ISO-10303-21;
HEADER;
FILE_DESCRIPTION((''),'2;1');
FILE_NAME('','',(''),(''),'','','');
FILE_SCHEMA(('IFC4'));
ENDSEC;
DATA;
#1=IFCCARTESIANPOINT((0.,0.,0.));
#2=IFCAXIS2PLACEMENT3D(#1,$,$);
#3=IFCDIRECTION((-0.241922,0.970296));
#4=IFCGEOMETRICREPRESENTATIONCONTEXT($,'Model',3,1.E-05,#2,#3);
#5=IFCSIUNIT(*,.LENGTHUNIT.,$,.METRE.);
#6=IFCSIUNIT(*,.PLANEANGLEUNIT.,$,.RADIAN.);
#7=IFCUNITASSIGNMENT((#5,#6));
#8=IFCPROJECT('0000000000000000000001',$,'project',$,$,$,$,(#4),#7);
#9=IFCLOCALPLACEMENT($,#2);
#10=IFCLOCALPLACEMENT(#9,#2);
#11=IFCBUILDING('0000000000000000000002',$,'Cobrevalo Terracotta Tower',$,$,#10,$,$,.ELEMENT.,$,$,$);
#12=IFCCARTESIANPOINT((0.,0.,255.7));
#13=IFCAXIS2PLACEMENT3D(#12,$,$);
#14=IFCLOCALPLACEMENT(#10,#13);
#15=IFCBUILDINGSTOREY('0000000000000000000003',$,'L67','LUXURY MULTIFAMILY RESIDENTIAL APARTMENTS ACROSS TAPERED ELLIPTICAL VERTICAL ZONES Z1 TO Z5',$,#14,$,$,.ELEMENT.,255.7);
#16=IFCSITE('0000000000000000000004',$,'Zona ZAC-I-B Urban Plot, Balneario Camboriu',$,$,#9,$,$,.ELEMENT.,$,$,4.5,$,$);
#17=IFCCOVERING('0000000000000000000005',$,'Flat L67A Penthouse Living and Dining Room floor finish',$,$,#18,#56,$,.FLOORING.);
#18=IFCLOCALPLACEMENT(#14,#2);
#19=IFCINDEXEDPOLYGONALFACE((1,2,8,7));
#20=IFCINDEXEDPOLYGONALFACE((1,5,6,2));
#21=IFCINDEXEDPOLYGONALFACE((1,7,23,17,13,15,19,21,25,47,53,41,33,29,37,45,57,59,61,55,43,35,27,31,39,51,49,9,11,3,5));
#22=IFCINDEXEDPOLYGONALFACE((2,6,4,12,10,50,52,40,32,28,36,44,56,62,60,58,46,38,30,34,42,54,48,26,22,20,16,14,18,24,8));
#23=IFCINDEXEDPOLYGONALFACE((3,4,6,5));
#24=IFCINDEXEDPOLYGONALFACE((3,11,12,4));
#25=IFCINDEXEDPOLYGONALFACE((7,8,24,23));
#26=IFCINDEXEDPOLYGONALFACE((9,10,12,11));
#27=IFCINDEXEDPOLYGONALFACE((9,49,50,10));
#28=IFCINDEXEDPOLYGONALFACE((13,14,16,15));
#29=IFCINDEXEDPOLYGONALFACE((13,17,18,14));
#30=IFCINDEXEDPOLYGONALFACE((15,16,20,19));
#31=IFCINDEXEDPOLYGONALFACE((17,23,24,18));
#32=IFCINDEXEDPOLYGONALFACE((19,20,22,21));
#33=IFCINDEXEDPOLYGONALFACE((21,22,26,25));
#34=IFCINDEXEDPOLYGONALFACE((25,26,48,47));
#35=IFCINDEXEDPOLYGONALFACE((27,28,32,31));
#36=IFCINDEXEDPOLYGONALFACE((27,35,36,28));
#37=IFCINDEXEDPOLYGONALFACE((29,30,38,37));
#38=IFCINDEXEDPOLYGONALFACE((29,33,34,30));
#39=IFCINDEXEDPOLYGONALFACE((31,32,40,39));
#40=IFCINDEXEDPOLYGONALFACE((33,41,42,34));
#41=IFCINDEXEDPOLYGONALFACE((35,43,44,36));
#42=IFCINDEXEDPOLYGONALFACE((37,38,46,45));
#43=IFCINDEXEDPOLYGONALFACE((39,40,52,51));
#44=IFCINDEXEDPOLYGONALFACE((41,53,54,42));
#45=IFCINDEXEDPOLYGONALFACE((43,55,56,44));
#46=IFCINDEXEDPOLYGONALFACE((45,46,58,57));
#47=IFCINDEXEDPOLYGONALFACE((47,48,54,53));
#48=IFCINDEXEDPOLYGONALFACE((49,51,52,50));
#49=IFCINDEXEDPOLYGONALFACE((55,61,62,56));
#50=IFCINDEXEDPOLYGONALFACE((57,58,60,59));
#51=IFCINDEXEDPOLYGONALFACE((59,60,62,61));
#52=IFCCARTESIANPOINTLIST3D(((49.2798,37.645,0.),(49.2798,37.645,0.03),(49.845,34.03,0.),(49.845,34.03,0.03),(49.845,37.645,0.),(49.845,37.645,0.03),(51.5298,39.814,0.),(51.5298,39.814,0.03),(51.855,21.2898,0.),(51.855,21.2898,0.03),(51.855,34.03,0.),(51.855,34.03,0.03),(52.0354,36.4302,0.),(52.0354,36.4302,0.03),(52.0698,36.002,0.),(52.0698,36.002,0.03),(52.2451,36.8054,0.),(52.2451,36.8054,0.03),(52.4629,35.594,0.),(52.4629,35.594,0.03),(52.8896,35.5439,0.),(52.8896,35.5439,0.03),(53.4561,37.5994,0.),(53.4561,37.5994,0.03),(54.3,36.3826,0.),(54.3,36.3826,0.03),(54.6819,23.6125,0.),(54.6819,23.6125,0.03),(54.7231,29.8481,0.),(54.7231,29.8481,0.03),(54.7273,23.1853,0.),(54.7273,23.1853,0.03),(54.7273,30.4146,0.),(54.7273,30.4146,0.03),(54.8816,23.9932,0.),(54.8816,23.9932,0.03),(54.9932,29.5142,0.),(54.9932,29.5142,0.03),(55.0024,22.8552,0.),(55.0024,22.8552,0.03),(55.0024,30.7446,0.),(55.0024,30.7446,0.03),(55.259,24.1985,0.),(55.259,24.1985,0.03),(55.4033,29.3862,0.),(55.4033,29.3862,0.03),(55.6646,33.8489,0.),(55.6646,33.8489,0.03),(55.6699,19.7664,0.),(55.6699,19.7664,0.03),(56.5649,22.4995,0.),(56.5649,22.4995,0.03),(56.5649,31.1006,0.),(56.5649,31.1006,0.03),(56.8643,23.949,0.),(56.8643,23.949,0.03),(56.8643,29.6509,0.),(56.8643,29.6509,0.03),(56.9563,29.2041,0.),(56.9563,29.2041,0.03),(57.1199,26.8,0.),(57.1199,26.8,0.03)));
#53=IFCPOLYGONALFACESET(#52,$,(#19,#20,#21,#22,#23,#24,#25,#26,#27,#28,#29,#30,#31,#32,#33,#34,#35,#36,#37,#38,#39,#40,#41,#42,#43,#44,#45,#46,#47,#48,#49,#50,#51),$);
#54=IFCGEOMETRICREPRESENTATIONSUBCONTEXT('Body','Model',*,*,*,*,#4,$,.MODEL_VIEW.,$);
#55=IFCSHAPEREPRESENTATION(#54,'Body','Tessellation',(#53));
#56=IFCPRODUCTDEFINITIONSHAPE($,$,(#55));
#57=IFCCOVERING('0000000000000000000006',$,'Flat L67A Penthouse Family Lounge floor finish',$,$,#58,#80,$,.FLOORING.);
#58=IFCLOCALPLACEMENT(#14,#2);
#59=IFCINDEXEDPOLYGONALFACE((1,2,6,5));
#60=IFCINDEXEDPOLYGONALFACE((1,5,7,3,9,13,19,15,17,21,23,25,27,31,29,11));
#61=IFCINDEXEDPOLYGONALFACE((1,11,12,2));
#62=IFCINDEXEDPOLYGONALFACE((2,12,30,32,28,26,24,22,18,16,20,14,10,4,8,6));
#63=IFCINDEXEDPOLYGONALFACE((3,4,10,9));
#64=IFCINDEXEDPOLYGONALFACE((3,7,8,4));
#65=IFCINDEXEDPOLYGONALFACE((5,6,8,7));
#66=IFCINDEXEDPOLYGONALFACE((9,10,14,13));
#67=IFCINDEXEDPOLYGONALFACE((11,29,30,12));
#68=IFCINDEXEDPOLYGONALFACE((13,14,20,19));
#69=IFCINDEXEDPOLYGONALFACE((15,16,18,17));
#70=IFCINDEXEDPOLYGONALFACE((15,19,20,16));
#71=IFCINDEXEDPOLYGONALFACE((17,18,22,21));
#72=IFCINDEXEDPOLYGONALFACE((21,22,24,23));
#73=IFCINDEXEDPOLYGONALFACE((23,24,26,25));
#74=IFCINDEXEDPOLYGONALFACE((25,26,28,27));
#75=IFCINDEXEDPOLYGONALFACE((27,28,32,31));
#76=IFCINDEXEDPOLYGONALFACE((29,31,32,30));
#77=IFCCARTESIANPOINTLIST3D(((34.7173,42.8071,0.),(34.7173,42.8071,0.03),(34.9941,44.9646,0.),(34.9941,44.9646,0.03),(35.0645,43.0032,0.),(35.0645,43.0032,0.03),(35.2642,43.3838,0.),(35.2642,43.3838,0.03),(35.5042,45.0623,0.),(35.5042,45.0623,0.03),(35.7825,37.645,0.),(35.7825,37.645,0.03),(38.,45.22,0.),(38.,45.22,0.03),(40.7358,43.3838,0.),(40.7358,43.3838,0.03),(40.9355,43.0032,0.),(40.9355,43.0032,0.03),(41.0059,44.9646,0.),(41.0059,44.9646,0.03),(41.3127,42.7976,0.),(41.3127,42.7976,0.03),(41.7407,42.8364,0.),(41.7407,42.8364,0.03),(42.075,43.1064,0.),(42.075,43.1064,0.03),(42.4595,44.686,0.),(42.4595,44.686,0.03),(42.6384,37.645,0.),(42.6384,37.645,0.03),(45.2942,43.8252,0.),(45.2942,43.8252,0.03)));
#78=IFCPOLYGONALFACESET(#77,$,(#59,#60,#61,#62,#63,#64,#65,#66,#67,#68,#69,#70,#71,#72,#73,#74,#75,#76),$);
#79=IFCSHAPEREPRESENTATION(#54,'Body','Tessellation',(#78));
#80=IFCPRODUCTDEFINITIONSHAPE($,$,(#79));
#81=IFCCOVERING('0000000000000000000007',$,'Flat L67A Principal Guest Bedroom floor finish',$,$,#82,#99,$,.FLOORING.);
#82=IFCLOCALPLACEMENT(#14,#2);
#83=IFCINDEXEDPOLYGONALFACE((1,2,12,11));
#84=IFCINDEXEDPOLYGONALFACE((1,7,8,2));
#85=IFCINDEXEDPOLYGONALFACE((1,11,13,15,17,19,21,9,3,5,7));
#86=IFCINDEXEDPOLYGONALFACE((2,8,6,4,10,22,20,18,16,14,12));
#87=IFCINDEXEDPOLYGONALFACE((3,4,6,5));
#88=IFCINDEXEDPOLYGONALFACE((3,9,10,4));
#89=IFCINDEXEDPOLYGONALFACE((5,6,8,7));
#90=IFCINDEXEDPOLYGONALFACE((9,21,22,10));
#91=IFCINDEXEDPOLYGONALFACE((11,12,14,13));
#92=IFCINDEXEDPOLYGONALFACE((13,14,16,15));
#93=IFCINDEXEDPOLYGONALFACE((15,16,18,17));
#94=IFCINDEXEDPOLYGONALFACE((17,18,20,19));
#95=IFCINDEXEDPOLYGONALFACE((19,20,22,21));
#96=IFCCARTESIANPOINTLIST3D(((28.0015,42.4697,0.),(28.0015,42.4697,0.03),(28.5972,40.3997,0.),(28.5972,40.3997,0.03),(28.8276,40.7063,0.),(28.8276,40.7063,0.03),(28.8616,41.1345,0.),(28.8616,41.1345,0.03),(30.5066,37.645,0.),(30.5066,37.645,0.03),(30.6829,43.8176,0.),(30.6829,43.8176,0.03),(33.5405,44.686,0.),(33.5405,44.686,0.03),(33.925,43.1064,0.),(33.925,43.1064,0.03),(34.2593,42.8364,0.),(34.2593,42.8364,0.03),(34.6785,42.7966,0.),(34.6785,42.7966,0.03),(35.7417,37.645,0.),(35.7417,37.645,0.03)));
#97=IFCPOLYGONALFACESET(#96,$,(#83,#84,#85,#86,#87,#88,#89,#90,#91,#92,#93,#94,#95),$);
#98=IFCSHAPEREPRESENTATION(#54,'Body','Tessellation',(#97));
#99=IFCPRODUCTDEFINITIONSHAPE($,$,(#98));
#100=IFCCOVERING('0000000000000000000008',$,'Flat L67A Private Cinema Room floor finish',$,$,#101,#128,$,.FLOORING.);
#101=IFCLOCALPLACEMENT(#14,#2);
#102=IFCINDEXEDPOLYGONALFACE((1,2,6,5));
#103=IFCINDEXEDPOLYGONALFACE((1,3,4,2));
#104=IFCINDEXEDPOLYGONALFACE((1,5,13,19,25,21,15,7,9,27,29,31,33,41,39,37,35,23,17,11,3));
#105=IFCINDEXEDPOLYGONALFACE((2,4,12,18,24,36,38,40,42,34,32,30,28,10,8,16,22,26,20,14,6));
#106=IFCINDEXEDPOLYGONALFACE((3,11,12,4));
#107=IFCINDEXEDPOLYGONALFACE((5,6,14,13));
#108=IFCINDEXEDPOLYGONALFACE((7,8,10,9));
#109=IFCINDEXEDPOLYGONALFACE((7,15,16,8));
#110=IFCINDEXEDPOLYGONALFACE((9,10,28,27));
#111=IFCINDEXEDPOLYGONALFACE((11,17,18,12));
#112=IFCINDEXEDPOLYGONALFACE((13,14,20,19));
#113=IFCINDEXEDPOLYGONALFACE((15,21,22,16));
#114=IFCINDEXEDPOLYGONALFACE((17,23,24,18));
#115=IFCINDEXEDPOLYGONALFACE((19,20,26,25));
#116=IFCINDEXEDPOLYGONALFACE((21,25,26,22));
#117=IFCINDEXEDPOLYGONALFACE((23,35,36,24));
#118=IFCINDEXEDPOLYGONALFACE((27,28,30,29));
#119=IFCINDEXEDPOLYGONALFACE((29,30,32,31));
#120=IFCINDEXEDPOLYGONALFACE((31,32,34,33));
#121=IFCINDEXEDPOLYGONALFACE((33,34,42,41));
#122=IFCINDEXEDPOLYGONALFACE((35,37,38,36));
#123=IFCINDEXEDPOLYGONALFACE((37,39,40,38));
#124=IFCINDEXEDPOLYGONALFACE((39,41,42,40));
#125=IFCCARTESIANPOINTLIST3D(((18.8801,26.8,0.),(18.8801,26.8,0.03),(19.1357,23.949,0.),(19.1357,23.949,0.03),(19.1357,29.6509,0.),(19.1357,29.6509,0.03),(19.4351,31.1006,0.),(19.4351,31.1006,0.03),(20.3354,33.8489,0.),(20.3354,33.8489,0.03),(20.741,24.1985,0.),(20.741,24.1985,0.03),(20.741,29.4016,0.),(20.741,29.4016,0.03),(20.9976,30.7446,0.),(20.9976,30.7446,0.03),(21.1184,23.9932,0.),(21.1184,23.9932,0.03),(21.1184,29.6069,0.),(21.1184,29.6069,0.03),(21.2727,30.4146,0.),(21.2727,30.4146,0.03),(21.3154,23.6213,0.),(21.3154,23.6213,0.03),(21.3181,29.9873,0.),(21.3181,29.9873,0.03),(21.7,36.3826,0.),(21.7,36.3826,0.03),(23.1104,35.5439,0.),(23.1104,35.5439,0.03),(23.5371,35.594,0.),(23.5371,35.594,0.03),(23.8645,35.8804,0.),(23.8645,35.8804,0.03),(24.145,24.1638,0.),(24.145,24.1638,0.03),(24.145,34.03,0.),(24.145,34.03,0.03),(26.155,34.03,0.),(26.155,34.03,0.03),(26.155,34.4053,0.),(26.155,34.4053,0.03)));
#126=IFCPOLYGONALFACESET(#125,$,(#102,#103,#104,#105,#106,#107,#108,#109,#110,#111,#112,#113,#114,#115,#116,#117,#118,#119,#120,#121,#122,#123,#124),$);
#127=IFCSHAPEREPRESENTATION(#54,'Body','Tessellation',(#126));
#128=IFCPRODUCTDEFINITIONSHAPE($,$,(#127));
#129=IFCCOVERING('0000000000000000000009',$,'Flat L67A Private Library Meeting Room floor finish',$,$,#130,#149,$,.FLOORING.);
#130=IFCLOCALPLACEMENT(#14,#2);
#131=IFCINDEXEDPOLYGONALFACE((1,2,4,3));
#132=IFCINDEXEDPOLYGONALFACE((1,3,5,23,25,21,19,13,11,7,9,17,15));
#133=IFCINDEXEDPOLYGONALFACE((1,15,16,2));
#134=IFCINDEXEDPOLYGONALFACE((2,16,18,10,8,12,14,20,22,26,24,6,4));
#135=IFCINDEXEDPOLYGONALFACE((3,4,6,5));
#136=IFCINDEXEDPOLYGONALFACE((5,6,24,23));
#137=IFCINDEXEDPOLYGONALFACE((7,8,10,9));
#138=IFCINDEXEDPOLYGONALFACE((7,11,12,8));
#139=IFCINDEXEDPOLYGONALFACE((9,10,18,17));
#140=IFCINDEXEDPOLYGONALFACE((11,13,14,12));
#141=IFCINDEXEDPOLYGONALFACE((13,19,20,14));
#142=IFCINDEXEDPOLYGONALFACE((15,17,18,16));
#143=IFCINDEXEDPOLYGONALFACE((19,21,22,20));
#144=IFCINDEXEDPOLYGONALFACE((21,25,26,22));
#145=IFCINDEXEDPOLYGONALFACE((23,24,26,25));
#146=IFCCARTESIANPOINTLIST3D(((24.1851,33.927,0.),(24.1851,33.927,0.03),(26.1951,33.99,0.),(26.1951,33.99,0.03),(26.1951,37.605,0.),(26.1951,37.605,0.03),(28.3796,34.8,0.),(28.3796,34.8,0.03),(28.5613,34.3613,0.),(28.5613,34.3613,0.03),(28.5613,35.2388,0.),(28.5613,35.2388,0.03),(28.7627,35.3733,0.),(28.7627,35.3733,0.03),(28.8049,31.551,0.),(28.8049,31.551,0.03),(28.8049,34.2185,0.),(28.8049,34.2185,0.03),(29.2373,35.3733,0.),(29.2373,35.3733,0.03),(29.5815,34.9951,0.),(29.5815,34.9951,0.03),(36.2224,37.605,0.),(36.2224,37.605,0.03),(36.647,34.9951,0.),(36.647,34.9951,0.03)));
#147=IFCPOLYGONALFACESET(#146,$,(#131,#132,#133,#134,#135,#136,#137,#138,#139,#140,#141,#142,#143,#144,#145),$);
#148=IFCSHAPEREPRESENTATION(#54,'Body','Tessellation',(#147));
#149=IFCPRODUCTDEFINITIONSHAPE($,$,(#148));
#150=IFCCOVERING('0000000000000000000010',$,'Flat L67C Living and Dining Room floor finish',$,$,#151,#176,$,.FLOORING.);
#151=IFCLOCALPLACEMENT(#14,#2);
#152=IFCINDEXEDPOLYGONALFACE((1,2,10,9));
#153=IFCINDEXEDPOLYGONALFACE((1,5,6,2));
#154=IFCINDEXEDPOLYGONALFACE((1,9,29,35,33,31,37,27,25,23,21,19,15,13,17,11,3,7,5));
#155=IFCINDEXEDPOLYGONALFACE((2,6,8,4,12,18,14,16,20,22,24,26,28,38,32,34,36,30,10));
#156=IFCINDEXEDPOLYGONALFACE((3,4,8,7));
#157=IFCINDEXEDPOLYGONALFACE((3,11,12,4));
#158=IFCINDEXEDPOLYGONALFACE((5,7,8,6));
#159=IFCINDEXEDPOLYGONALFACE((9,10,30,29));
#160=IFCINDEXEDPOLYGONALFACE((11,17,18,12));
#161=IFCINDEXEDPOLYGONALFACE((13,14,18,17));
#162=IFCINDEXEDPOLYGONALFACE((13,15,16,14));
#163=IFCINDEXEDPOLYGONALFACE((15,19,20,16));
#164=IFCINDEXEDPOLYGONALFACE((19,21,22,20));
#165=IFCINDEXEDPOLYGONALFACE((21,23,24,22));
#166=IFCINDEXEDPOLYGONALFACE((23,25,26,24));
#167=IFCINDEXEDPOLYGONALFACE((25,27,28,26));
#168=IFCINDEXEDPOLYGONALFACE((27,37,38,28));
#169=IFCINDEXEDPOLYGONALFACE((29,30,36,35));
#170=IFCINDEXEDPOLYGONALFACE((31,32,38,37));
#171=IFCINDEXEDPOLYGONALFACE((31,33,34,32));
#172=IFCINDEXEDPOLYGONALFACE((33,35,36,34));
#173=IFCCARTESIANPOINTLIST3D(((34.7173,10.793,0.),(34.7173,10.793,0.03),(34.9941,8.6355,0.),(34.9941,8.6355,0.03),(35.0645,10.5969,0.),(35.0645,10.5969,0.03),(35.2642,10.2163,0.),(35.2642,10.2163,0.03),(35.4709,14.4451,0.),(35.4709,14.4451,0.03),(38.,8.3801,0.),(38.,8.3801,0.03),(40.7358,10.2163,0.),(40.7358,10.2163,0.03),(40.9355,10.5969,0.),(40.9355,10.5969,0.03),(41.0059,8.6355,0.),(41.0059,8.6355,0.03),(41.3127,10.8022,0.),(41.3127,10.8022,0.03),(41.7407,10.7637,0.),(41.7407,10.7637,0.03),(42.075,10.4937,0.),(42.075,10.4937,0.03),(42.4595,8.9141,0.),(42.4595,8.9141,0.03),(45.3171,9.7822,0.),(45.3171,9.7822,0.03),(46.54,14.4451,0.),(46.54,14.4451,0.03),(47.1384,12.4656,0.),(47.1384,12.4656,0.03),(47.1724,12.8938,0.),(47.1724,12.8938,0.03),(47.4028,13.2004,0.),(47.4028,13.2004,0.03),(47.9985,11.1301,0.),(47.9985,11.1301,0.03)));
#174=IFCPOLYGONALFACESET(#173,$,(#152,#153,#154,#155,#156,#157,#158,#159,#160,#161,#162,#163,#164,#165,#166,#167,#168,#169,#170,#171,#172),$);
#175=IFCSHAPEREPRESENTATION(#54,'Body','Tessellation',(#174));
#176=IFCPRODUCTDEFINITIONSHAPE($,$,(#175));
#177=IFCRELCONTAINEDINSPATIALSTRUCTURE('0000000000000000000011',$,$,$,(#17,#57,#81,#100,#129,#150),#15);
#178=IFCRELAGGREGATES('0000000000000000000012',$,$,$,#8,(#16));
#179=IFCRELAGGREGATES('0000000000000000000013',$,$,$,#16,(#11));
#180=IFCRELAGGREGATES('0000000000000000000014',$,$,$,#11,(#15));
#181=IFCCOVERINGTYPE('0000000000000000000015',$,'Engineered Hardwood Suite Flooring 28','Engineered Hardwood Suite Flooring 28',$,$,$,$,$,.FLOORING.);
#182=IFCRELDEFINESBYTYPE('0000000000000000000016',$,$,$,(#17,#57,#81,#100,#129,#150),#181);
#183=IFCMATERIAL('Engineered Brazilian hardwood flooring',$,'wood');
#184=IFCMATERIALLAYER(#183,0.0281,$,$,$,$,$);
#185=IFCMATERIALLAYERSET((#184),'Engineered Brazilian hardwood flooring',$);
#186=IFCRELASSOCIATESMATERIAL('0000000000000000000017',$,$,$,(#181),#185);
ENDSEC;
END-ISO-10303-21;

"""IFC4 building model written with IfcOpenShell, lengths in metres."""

from ifc_helpers import new_model, si_unit, direction, frame, origin, place, context, subcontext, project, spatial, polyline, outline, extrude, material, layer, layer_set, type_object, element, save


model = new_model("IFC4")

# Units and contexts
model_context = context("Model", 3, precision=1e-05, world=origin(), true_north=direction((-0.241922, 0.970296)))
body_context = subcontext(model_context, "Body", "Model", "MODEL_VIEW")
ifc_project = project(units=[si_unit("LENGTHUNIT", "METRE"), si_unit("PLANEANGLEUNIT", "RADIAN")], contexts=[model_context])

# Site, building, storey
site_placement = place(None, origin())
site = spatial("IfcSite", under=ifc_project, at=site_placement, Name="Zona ZAC-I-B Urban Plot, Balneario Camboriu", CompositionType="ELEMENT", RefElevation=4.5)
building_placement = place(site_placement, origin())
building = spatial("IfcBuilding", under=site, at=building_placement, Name="Cobrevalo Terracotta Tower", CompositionType="ELEMENT")
storey_placement = place(building_placement, frame((0.0, 0.0, 255.7)))
storey = spatial("IfcBuildingStorey", under=building, at=storey_placement, Name="L67", Description="LUXURY MULTIFAMILY RESIDENTIAL APARTMENTS ACROSS TAPERED ELLIPTICAL VERTICAL ZONES Z1 TO Z5", CompositionType="ELEMENT", Elevation=255.7)

# Coverings
ifc_material_1 = material(Name="Engineered Brazilian hardwood flooring", Category="wood")
ifc_layer_1 = layer(ifc_material_1, 0.0281)
ifc_layer_set_1 = layer_set([ifc_layer_1], Name="Engineered Brazilian hardwood flooring")
covering_type_1 = type_object("IfcCoveringType", Name="Engineered Hardwood Suite Flooring 28", Description="Engineered Hardwood Suite Flooring 28", PredefinedType="FLOORING", material=ifc_layer_set_1)
covering_1_placement = place(storey_placement, origin())
element("IfcCovering", 1, at=covering_1_placement, inside=storey, type_object=covering_type_1, Name="Flat L67A Penthouse Living and Dining Room floor finish", PredefinedType="FLOORING", context=body_context, shape_type="SweptSolid", body=[
    extrude(outline(polyline([(51.5298, 39.814), (53.4561, 37.5994), (52.2451, 36.8054), (52.0354, 36.4302), (52.0698, 36.002), (52.4629, 35.594), (52.8896, 35.5439), (54.3, 36.3826), (55.6646, 33.8489), (56.5649, 31.1006), (55.0024, 30.7446), (54.7273, 30.4146), (54.7231, 29.8481), (54.9932, 29.5142), (55.4033, 29.3862), (56.8643, 29.6509), (56.9563, 29.2041), (57.1199, 26.8), (56.8643, 23.949), (55.259, 24.1985), (54.8816, 23.9932), (54.6819, 23.6125), (54.7273, 23.1853), (55.0024, 22.8552), (56.5649, 22.4995), (55.6699, 19.7664), (51.855, 21.2898), (51.855, 34.03), (49.845, 34.03), (49.845, 37.645), (49.2798, 37.645), (51.5298, 39.814)])), origin(), (0.0, 0.0, 1.0), 0.03),
])
covering_2_placement = place(storey_placement, origin())
element("IfcCovering", 2, at=covering_2_placement, inside=storey, type_object=covering_type_1, Name="Flat L67A Penthouse Family Lounge floor finish", PredefinedType="FLOORING", context=body_context, shape_type="SweptSolid", body=[
    extrude(outline(polyline([(34.7173, 42.8071), (35.0645, 43.0032), (35.2642, 43.3838), (34.9941, 44.9646), (35.5042, 45.0623), (38.0, 45.22), (41.0059, 44.9646), (40.7358, 43.3838), (40.9355, 43.0032), (41.3127, 42.7976), (41.7407, 42.8364), (42.075, 43.1064), (42.4595, 44.686), (45.2942, 43.8252), (42.6384, 37.645), (35.7825, 37.645), (34.7173, 42.8071)])), origin(), (0.0, 0.0, 1.0), 0.03),
])
covering_3_placement = place(storey_placement, origin())
element("IfcCovering", 3, at=covering_3_placement, inside=storey, type_object=covering_type_1, Name="Flat L67A Principal Guest Bedroom floor finish", PredefinedType="FLOORING", context=body_context, shape_type="SweptSolid", body=[
    extrude(outline(polyline([(28.5972, 40.3997), (28.8276, 40.7063), (28.8616, 41.1345), (28.0015, 42.4697), (30.6829, 43.8176), (33.5405, 44.686), (33.925, 43.1064), (34.2593, 42.8364), (34.6785, 42.7966), (35.7417, 37.645), (30.5066, 37.645), (28.5972, 40.3997)])), origin(), (0.0, 0.0, 1.0), 0.03),
])
covering_4_placement = place(storey_placement, origin())
element("IfcCovering", 4, at=covering_4_placement, inside=storey, type_object=covering_type_1, Name="Flat L67A Private Cinema Room floor finish", PredefinedType="FLOORING", context=body_context, shape_type="SweptSolid", body=[
    extrude(outline(polyline([(21.3154, 23.6213), (21.1184, 23.9932), (20.741, 24.1985), (19.1357, 23.949), (18.8801, 26.8), (19.1357, 29.6509), (20.741, 29.4016), (21.1184, 29.6069), (21.3181, 29.9873), (21.2727, 30.4146), (20.9976, 30.7446), (19.4351, 31.1006), (20.3354, 33.8489), (21.7, 36.3826), (23.1104, 35.5439), (23.5371, 35.594), (23.8645, 35.8804), (26.155, 34.4053), (26.155, 34.03), (24.145, 34.03), (24.145, 24.1638), (21.3154, 23.6213)])), origin(), (0.0, 0.0, 1.0), 0.03),
])
covering_5_placement = place(storey_placement, origin())
element("IfcCovering", 5, at=covering_5_placement, inside=storey, type_object=covering_type_1, Name="Flat L67A Private Library Meeting Room floor finish", PredefinedType="FLOORING", context=body_context, shape_type="SweptSolid", body=[
    extrude(outline(polyline([(28.8049, 31.551), (24.1851, 33.927), (26.1951, 33.99), (26.1951, 37.605), (36.2224, 37.605), (36.647, 34.9951), (29.5815, 34.9951), (29.2373, 35.3733), (28.7627, 35.3733), (28.5613, 35.2388), (28.3796, 34.8), (28.5613, 34.3613), (28.8049, 34.2185), (28.8049, 31.551)])), origin(), (0.0, 0.0, 1.0), 0.03),
])
covering_6_placement = place(storey_placement, origin())
element("IfcCovering", 6, at=covering_6_placement, inside=storey, type_object=covering_type_1, Name="Flat L67C Living and Dining Room floor finish", PredefinedType="FLOORING", context=body_context, shape_type="SweptSolid", body=[
    extrude(outline(polyline([(45.3171, 9.7822), (42.4595, 8.9141), (42.075, 10.4937), (41.7407, 10.7637), (41.3127, 10.8022), (40.9355, 10.5969), (40.7358, 10.2163), (41.0059, 8.6355), (38.0, 8.3801), (34.9941, 8.6355), (35.2642, 10.2163), (35.0645, 10.5969), (34.7173, 10.793), (35.4709, 14.4451), (46.54, 14.4451), (47.4028, 13.2004), (47.1724, 12.8938), (47.1384, 12.4656), (47.9985, 11.1301), (45.3171, 9.7822)])), origin(), (0.0, 0.0, 1.0), 0.03),
])

save(model, "model.ifc")
